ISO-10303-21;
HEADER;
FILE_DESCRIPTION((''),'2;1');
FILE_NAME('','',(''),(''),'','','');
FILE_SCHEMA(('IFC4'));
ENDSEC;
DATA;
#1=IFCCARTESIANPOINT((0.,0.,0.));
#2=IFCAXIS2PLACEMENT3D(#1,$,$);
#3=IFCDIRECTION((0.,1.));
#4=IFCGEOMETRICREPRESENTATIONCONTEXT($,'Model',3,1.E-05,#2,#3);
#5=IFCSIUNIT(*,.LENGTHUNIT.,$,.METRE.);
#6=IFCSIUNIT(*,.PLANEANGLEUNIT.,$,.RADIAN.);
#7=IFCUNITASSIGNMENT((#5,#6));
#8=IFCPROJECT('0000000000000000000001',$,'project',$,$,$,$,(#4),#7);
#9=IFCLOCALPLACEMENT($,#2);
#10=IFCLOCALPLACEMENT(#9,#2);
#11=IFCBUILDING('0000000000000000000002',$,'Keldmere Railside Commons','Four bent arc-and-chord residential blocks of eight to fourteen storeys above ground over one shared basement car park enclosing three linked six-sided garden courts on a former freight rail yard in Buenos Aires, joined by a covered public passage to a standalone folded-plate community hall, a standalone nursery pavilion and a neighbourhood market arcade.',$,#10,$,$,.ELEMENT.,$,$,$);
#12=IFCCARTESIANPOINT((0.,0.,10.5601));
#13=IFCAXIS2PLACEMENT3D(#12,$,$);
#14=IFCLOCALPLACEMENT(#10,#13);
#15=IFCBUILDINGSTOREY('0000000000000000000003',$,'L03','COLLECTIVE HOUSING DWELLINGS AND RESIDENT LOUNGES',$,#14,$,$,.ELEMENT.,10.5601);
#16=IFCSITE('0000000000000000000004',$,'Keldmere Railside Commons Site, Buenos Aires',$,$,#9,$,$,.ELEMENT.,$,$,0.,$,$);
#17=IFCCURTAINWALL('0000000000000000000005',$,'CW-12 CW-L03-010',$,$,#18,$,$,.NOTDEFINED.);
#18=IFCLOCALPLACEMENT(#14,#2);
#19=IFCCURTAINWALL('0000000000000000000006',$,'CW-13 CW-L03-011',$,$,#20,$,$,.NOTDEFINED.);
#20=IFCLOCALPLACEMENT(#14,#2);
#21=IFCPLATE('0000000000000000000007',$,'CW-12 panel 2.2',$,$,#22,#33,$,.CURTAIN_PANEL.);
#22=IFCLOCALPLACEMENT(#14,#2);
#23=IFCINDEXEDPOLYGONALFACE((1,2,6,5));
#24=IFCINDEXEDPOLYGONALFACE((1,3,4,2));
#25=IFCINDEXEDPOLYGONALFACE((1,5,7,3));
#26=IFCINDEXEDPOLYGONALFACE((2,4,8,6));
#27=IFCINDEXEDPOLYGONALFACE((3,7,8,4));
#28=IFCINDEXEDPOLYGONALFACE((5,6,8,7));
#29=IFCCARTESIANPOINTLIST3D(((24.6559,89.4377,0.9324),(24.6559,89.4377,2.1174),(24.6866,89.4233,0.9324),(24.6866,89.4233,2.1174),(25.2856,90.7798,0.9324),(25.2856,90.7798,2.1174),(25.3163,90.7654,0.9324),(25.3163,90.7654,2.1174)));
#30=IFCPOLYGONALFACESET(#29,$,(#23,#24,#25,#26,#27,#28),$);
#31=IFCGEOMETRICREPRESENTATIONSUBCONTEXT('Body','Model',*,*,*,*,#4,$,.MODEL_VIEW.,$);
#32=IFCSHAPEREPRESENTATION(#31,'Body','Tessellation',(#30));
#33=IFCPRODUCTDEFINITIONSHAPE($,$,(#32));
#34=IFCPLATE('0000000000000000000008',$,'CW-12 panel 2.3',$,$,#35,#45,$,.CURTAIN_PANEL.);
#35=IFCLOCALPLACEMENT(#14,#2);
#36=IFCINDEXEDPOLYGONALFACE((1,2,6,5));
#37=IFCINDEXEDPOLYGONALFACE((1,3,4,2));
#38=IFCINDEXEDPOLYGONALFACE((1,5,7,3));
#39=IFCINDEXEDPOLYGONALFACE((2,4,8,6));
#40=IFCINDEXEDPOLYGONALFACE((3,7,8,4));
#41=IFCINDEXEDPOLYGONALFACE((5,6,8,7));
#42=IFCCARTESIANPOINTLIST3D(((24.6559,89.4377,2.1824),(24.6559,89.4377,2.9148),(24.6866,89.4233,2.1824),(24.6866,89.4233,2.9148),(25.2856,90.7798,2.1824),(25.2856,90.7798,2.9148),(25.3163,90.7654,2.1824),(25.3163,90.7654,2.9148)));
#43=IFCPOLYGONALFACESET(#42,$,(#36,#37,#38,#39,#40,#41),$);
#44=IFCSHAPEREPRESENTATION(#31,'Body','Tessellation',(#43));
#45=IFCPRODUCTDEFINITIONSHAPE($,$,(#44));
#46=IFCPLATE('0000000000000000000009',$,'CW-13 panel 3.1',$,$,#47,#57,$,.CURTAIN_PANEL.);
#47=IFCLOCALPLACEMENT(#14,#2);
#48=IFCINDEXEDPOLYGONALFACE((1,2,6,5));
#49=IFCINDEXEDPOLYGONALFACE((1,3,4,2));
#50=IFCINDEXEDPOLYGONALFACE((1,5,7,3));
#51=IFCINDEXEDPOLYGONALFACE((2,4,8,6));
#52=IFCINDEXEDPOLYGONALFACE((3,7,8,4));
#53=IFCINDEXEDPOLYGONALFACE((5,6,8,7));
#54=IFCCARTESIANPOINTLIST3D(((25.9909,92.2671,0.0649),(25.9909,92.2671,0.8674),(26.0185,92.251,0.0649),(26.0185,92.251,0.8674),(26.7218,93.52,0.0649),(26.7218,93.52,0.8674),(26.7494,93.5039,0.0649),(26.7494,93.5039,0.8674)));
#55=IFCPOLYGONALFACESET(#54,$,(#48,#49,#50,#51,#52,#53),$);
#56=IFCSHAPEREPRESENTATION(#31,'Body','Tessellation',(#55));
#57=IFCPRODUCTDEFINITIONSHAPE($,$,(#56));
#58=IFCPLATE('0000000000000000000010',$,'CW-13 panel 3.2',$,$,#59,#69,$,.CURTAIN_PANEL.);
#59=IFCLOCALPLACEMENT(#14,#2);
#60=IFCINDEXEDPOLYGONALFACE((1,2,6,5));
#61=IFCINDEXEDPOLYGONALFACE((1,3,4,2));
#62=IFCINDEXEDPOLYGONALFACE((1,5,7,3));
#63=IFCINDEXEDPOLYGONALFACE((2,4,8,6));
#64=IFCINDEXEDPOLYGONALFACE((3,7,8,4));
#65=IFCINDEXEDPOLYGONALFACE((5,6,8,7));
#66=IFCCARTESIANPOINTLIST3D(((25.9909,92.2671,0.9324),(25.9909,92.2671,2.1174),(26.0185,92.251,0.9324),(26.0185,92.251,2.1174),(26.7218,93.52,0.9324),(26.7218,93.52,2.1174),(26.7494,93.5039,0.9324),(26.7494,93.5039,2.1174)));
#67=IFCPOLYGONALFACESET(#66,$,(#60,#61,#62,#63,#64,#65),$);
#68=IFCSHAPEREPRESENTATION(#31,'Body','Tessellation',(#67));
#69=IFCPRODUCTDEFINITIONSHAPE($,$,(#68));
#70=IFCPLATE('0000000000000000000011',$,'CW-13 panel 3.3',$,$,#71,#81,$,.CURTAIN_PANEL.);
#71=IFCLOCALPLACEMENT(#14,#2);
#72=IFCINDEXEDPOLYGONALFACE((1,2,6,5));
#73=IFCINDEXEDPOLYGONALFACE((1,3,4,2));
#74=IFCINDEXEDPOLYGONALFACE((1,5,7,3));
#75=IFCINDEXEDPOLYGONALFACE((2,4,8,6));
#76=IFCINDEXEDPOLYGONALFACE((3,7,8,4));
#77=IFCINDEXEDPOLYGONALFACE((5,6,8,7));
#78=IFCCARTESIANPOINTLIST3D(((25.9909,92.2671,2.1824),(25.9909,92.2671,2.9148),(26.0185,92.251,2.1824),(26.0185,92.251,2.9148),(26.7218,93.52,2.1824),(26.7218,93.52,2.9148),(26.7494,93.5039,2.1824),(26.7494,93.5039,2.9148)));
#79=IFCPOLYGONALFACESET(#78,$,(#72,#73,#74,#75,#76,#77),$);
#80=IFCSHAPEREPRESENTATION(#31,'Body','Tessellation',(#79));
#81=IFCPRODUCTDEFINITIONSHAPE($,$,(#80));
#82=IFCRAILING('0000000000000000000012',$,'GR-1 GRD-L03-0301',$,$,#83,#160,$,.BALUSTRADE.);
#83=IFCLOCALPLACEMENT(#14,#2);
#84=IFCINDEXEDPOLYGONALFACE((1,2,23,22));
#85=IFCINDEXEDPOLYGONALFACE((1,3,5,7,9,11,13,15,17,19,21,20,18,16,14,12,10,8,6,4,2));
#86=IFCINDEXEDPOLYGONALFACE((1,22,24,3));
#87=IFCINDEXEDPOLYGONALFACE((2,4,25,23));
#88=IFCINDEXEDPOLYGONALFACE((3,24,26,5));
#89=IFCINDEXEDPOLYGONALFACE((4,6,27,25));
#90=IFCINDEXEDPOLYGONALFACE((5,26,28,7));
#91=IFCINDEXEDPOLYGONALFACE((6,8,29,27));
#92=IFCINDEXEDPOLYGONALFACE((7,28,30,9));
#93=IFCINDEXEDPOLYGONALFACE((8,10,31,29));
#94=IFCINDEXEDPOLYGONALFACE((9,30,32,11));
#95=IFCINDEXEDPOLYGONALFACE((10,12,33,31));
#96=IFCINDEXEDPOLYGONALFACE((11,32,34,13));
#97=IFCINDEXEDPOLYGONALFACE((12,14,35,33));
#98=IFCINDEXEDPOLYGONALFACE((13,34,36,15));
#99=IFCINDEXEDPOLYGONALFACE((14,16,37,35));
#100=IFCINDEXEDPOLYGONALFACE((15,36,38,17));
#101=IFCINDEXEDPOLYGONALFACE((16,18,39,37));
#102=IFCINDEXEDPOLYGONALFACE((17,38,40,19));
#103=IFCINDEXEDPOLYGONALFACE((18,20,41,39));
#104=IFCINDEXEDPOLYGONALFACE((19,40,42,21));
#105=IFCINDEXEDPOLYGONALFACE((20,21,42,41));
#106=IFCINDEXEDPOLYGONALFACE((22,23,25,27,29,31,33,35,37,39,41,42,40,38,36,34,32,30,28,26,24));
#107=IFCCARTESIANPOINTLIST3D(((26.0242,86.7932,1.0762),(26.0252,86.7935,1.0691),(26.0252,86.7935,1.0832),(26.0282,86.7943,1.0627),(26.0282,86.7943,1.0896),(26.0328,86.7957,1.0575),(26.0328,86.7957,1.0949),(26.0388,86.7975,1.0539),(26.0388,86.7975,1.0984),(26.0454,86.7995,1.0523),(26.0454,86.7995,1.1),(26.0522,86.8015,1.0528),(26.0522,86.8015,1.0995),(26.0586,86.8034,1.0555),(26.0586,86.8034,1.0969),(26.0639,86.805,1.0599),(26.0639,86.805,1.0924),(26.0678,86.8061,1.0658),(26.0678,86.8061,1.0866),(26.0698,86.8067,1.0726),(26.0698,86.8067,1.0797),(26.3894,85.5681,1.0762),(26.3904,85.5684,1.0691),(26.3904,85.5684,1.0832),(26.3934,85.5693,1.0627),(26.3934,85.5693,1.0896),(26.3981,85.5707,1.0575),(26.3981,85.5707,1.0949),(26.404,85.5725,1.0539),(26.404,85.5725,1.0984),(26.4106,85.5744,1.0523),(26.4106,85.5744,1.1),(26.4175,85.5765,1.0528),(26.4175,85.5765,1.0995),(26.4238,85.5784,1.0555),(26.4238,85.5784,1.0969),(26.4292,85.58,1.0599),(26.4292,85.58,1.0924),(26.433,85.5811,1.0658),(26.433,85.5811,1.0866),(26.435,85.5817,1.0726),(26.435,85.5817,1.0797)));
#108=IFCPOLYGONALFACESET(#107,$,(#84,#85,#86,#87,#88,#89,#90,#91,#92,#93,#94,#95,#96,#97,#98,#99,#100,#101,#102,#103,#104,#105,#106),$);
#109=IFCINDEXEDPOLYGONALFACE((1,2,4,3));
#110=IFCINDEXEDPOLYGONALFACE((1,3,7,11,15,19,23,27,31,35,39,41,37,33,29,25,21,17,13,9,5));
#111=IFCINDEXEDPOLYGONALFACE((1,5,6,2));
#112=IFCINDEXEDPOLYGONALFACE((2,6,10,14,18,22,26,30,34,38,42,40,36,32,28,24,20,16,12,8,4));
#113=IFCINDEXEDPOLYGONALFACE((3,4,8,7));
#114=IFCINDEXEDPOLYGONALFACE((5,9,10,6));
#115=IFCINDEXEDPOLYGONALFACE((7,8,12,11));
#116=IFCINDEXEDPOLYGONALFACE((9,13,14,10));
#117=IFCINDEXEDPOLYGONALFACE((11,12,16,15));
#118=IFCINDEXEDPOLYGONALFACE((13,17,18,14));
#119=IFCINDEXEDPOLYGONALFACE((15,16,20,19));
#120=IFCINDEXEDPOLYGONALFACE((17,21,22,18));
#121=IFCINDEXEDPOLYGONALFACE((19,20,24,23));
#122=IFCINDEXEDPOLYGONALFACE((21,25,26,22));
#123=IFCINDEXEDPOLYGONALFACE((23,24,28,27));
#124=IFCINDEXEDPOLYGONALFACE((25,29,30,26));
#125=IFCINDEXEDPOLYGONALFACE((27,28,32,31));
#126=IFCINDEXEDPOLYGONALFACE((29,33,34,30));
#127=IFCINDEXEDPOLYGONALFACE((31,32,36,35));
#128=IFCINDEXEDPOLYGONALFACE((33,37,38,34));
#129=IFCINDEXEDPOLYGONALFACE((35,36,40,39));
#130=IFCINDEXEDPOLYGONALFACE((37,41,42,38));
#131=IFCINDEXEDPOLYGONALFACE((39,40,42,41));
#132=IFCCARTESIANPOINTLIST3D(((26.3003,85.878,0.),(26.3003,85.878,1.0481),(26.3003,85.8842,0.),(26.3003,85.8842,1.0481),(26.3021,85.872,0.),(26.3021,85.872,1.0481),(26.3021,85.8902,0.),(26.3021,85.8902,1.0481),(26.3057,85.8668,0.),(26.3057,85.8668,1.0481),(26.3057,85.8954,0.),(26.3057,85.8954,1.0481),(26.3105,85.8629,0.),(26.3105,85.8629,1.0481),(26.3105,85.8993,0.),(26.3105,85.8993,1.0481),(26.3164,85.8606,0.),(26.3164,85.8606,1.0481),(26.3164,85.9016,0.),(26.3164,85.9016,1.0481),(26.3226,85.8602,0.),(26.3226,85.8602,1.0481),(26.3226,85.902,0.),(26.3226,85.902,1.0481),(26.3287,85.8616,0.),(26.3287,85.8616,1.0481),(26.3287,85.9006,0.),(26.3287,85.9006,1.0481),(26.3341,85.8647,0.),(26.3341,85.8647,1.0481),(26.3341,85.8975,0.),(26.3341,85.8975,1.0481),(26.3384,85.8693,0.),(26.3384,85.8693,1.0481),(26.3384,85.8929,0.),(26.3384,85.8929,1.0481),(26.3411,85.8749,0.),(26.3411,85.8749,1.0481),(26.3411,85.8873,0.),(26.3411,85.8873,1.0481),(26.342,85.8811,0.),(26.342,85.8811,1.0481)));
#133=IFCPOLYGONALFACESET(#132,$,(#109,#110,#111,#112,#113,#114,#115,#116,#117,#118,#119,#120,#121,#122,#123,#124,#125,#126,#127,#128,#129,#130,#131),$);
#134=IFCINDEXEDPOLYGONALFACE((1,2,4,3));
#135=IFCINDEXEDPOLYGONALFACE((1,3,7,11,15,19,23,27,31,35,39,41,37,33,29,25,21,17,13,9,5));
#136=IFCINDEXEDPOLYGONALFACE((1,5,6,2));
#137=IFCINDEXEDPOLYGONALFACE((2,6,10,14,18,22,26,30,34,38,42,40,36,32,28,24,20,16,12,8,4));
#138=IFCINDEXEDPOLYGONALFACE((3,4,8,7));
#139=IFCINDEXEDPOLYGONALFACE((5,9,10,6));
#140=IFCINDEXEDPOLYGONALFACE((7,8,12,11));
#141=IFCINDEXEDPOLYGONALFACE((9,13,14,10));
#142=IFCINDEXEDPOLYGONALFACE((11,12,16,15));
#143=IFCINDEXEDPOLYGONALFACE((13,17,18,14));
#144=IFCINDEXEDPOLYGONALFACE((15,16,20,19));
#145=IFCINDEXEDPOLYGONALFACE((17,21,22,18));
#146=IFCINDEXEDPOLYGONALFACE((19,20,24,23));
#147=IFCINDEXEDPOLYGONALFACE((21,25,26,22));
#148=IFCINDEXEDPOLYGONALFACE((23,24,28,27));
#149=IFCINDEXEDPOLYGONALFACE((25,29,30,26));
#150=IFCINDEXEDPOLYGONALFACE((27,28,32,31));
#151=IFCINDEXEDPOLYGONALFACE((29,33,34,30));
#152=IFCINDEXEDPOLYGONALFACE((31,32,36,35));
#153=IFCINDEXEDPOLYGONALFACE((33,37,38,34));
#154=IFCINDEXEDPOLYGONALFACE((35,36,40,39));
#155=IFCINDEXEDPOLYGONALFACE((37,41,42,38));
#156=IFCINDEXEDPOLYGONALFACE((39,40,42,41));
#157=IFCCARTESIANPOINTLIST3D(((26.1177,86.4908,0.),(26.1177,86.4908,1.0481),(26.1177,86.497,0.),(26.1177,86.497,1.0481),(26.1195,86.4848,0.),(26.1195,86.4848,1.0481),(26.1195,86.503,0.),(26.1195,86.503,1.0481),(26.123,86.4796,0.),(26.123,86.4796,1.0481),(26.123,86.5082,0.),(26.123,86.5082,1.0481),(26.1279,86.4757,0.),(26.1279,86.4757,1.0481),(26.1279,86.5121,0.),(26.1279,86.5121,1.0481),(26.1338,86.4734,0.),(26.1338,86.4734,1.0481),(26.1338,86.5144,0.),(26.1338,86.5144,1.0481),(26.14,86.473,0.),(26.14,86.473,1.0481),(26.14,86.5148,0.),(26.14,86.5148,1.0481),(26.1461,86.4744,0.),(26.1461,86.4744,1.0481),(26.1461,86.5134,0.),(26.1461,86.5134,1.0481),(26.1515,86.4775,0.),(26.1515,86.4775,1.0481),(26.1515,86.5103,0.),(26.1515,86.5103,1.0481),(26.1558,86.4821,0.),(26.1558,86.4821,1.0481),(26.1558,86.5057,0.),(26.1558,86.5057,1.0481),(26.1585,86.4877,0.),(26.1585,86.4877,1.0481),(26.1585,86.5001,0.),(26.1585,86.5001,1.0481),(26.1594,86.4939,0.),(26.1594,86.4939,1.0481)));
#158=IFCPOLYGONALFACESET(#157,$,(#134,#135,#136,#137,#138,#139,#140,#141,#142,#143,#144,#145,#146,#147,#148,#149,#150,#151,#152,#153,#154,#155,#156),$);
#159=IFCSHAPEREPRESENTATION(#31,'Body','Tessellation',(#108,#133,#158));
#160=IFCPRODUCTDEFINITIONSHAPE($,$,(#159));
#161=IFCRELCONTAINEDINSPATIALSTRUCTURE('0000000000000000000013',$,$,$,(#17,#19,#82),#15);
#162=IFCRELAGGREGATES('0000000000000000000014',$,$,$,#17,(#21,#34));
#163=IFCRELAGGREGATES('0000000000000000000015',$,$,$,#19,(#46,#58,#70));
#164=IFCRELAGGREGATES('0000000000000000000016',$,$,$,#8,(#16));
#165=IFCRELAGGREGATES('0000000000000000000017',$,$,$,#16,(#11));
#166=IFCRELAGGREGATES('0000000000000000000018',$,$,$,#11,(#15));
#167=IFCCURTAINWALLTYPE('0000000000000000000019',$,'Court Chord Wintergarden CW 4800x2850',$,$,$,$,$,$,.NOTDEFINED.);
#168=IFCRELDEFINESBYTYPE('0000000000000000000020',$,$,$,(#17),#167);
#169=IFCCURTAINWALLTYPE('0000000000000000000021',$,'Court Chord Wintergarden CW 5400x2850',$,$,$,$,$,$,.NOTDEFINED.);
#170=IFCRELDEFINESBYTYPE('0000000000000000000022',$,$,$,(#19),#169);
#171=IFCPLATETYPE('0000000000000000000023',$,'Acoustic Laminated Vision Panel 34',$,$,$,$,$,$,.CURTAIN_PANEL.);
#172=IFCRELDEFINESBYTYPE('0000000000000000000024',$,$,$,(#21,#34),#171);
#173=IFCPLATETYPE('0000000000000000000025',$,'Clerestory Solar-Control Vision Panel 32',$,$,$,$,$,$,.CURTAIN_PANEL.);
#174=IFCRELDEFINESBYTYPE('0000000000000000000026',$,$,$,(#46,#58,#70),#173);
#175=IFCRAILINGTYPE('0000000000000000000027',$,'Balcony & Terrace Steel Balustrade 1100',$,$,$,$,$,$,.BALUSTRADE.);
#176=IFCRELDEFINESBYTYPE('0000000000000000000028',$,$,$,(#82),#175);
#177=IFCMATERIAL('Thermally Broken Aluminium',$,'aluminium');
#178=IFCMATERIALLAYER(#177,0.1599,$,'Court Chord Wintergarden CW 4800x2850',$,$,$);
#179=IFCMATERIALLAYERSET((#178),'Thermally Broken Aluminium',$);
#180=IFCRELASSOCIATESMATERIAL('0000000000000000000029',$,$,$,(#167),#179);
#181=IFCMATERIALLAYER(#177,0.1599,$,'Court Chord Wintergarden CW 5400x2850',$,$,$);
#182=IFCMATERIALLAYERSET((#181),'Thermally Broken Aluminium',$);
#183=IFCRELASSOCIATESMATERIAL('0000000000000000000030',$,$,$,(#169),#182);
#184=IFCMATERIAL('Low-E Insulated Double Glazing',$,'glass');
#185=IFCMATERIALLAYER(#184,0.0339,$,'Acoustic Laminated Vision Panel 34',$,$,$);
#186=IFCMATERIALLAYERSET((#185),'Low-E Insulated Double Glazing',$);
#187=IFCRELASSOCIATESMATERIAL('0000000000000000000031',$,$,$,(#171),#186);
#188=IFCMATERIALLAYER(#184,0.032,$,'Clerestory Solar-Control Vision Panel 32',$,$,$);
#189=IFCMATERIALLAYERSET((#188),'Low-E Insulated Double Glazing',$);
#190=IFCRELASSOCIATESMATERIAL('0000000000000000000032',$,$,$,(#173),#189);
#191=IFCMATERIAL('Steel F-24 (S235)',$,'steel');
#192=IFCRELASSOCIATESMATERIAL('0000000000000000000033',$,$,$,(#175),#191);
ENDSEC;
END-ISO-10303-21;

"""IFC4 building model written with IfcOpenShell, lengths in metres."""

from ifc_helpers import new_model, si_unit, direction, frame, origin, origin_2d, place, context, subcontext, project, spatial, rectangle, circle, extrude, material, layer, layer_set, type_object, element, aggregate, save


model = new_model("IFC4")

# Units and contexts
model_context = context("Model", 3, precision=1e-05, world=origin(), true_north=direction((0.0, 1.0)))
body_context = subcontext(model_context, "Body", "Model", "MODEL_VIEW")
ifc_project = project(units=[si_unit("LENGTHUNIT", "METRE"), si_unit("PLANEANGLEUNIT", "RADIAN")], contexts=[model_context])

# Site, building, storey
site_placement = place(None, origin())
site = spatial("IfcSite", under=ifc_project, at=site_placement, Name="Keldmere Railside Commons Site, Buenos Aires", CompositionType="ELEMENT", RefElevation=0.0)
building_placement = place(site_placement, origin())
building = spatial("IfcBuilding", under=site, at=building_placement, Name="Keldmere Railside Commons", Description="Four bent arc-and-chord residential blocks of eight to fourteen storeys above ground over one shared basement car park enclosing three linked six-sided garden courts on a former freight rail yard in Buenos Aires, joined by a covered public passage to a standalone folded-plate community hall, a standalone nursery pavilion and a neighbourhood market arcade.", CompositionType="ELEMENT")
storey_placement = place(building_placement, frame((0.0, 0.0, 10.5601)))
storey = spatial("IfcBuildingStorey", under=building, at=storey_placement, Name="L03", Description="COLLECTIVE HOUSING DWELLINGS AND RESIDENT LOUNGES", CompositionType="ELEMENT", Elevation=10.5601)

# Curtain wall
ifc_material_1 = material(Name="Thermally Broken Aluminium", Category="aluminium")
ifc_layer_1 = layer(ifc_material_1, 0.1599, Name="Court Chord Wintergarden CW 4800x2850")
ifc_layer_set_1 = layer_set([ifc_layer_1], Name="Thermally Broken Aluminium")
curtain_wall_type_1 = type_object("IfcCurtainWallType", Name="Court Chord Wintergarden CW 4800x2850", PredefinedType="NOTDEFINED", material=ifc_layer_set_1)
curtain_wall_1_placement = place(storey_placement, origin())
curtain_wall_1 = element("IfcCurtainWall", 1, at=curtain_wall_1_placement, inside=storey, type_object=curtain_wall_type_1, Name="CW-12 CW-L03-010", PredefinedType="NOTDEFINED")

# Curtain wall
ifc_layer_2 = layer(ifc_material_1, 0.1599, Name="Court Chord Wintergarden CW 5400x2850")
ifc_layer_set_2 = layer_set([ifc_layer_2], Name="Thermally Broken Aluminium")
curtain_wall_type_2 = type_object("IfcCurtainWallType", Name="Court Chord Wintergarden CW 5400x2850", PredefinedType="NOTDEFINED", material=ifc_layer_set_2)
curtain_wall_2_placement = place(storey_placement, origin())
curtain_wall_2 = element("IfcCurtainWall", 2, at=curtain_wall_2_placement, inside=storey, type_object=curtain_wall_type_2, Name="CW-13 CW-L03-011", PredefinedType="NOTDEFINED")

# Plates
ifc_material_2 = material(Name="Low-E Insulated Double Glazing", Category="glass")
ifc_layer_3 = layer(ifc_material_2, 0.0339, Name="Acoustic Laminated Vision Panel 34")
ifc_layer_set_3 = layer_set([ifc_layer_3], Name="Low-E Insulated Double Glazing")
plate_type_1 = type_object("IfcPlateType", Name="Acoustic Laminated Vision Panel 34", PredefinedType="CURTAIN_PANEL", material=ifc_layer_set_3)
plate_1_placement = place(storey_placement, frame((24.9861, 90.1016, 0.9324), z_axis=(0.0, 0.0, 1.0), x_axis=(-0.424759, -0.905306, 0.0)))
plate_1 = element("IfcPlate", 3, at=plate_1_placement, type_object=plate_type_1, Name="CW-12 panel 2.2", PredefinedType="CURTAIN_PANEL", context=body_context, shape_type="SweptSolid", body=[
    extrude(rectangle(XDim=1.4824, YDim=0.0339, at=origin_2d()), origin(), (0.0, 0.0, 1.0), 1.1851),
])
plate_2_placement = place(storey_placement, frame((24.9861, 90.1016, 2.1824), z_axis=(0.0, 0.0, 1.0), x_axis=(-0.424759, -0.905306, 0.0)))
plate_2 = element("IfcPlate", 4, at=plate_2_placement, type_object=plate_type_1, Name="CW-12 panel 2.3", PredefinedType="CURTAIN_PANEL", context=body_context, shape_type="SweptSolid", body=[
    extrude(rectangle(XDim=1.4824, YDim=0.0339, at=origin_2d()), origin(), (0.0, 0.0, 1.0), 0.7324),
])
aggregate(curtain_wall_1, [plate_1, plate_2])
ifc_layer_4 = layer(ifc_material_2, 0.032, Name="Clerestory Solar-Control Vision Panel 32")
ifc_layer_set_4 = layer_set([ifc_layer_4], Name="Low-E Insulated Double Glazing")
plate_type_2 = type_object("IfcPlateType", Name="Clerestory Solar-Control Vision Panel 32", PredefinedType="CURTAIN_PANEL", material=ifc_layer_set_4)
plate_3_placement = place(storey_placement, frame((26.3701, 92.8855, 0.0649), z_axis=(0.0, 0.0, 1.0), x_axis=(-0.503911, -0.863755, 0.0)))
plate_3 = element("IfcPlate", 5, at=plate_3_placement, type_object=plate_type_2, Name="CW-13 panel 3.1", PredefinedType="CURTAIN_PANEL", context=body_context, shape_type="SweptSolid", body=[
    extrude(rectangle(XDim=1.4504, YDim=0.032, at=origin_2d()), origin(), (0.0, 0.0, 1.0), 0.8025),
])
plate_4_placement = place(storey_placement, frame((26.3701, 92.8855, 0.9324), z_axis=(0.0, 0.0, 1.0), x_axis=(-0.503911, -0.863755, 0.0)))
plate_4 = element("IfcPlate", 6, at=plate_4_placement, type_object=plate_type_2, Name="CW-13 panel 3.2", PredefinedType="CURTAIN_PANEL", context=body_context, shape_type="SweptSolid", body=[
    extrude(rectangle(XDim=1.4504, YDim=0.032, at=origin_2d()), origin(), (0.0, 0.0, 1.0), 1.1851),
])
plate_5_placement = place(storey_placement, frame((26.3701, 92.8855, 2.1824), z_axis=(0.0, 0.0, 1.0), x_axis=(-0.503911, -0.863755, 0.0)))
plate_5 = element("IfcPlate", 7, at=plate_5_placement, type_object=plate_type_2, Name="CW-13 panel 3.3", PredefinedType="CURTAIN_PANEL", context=body_context, shape_type="SweptSolid", body=[
    extrude(rectangle(XDim=1.4504, YDim=0.032, at=origin_2d()), origin(), (0.0, 0.0, 1.0), 0.7324),
])
aggregate(curtain_wall_2, [plate_3, plate_4, plate_5])

# Railing
ifc_material_3 = material(Name="Steel F-24 (S235)", Category="steel")
railing_type = type_object("IfcRailingType", Name="Balcony & Terrace Steel Balustrade 1100", PredefinedType="BALUSTRADE", material=ifc_material_3)
railing_1_placement = place(storey_placement, frame((26.4124, 85.575, 0.0)))
element("IfcRailing", 8, at=railing_1_placement, inside=storey, type_object=railing_type, Name="GR-1 GRD-L03-0301", PredefinedType="BALUSTRADE", context=body_context, shape_type="SweptSolid", body=[
    extrude(circle(Radius=0.0239, at=origin_2d()), frame((0.0, 0.0, 1.0762), z_axis=(-0.285701, 0.958319, 0.0), x_axis=(-0.958319, -0.285701, 0.0)), (0.0, 0.0, 1.0), 1.2783),
    extrude(circle(Radius=0.021, at=origin_2d()), frame((-0.0913, 0.3062, 0.0)), (0.0, 0.0, 1.0), 1.0481),
    extrude(circle(Radius=0.021, at=origin_2d()), frame((-0.2739, 0.9189, 0.0)), (0.0, 0.0, 1.0), 1.0481),
])

save(model, "model.ifc")
